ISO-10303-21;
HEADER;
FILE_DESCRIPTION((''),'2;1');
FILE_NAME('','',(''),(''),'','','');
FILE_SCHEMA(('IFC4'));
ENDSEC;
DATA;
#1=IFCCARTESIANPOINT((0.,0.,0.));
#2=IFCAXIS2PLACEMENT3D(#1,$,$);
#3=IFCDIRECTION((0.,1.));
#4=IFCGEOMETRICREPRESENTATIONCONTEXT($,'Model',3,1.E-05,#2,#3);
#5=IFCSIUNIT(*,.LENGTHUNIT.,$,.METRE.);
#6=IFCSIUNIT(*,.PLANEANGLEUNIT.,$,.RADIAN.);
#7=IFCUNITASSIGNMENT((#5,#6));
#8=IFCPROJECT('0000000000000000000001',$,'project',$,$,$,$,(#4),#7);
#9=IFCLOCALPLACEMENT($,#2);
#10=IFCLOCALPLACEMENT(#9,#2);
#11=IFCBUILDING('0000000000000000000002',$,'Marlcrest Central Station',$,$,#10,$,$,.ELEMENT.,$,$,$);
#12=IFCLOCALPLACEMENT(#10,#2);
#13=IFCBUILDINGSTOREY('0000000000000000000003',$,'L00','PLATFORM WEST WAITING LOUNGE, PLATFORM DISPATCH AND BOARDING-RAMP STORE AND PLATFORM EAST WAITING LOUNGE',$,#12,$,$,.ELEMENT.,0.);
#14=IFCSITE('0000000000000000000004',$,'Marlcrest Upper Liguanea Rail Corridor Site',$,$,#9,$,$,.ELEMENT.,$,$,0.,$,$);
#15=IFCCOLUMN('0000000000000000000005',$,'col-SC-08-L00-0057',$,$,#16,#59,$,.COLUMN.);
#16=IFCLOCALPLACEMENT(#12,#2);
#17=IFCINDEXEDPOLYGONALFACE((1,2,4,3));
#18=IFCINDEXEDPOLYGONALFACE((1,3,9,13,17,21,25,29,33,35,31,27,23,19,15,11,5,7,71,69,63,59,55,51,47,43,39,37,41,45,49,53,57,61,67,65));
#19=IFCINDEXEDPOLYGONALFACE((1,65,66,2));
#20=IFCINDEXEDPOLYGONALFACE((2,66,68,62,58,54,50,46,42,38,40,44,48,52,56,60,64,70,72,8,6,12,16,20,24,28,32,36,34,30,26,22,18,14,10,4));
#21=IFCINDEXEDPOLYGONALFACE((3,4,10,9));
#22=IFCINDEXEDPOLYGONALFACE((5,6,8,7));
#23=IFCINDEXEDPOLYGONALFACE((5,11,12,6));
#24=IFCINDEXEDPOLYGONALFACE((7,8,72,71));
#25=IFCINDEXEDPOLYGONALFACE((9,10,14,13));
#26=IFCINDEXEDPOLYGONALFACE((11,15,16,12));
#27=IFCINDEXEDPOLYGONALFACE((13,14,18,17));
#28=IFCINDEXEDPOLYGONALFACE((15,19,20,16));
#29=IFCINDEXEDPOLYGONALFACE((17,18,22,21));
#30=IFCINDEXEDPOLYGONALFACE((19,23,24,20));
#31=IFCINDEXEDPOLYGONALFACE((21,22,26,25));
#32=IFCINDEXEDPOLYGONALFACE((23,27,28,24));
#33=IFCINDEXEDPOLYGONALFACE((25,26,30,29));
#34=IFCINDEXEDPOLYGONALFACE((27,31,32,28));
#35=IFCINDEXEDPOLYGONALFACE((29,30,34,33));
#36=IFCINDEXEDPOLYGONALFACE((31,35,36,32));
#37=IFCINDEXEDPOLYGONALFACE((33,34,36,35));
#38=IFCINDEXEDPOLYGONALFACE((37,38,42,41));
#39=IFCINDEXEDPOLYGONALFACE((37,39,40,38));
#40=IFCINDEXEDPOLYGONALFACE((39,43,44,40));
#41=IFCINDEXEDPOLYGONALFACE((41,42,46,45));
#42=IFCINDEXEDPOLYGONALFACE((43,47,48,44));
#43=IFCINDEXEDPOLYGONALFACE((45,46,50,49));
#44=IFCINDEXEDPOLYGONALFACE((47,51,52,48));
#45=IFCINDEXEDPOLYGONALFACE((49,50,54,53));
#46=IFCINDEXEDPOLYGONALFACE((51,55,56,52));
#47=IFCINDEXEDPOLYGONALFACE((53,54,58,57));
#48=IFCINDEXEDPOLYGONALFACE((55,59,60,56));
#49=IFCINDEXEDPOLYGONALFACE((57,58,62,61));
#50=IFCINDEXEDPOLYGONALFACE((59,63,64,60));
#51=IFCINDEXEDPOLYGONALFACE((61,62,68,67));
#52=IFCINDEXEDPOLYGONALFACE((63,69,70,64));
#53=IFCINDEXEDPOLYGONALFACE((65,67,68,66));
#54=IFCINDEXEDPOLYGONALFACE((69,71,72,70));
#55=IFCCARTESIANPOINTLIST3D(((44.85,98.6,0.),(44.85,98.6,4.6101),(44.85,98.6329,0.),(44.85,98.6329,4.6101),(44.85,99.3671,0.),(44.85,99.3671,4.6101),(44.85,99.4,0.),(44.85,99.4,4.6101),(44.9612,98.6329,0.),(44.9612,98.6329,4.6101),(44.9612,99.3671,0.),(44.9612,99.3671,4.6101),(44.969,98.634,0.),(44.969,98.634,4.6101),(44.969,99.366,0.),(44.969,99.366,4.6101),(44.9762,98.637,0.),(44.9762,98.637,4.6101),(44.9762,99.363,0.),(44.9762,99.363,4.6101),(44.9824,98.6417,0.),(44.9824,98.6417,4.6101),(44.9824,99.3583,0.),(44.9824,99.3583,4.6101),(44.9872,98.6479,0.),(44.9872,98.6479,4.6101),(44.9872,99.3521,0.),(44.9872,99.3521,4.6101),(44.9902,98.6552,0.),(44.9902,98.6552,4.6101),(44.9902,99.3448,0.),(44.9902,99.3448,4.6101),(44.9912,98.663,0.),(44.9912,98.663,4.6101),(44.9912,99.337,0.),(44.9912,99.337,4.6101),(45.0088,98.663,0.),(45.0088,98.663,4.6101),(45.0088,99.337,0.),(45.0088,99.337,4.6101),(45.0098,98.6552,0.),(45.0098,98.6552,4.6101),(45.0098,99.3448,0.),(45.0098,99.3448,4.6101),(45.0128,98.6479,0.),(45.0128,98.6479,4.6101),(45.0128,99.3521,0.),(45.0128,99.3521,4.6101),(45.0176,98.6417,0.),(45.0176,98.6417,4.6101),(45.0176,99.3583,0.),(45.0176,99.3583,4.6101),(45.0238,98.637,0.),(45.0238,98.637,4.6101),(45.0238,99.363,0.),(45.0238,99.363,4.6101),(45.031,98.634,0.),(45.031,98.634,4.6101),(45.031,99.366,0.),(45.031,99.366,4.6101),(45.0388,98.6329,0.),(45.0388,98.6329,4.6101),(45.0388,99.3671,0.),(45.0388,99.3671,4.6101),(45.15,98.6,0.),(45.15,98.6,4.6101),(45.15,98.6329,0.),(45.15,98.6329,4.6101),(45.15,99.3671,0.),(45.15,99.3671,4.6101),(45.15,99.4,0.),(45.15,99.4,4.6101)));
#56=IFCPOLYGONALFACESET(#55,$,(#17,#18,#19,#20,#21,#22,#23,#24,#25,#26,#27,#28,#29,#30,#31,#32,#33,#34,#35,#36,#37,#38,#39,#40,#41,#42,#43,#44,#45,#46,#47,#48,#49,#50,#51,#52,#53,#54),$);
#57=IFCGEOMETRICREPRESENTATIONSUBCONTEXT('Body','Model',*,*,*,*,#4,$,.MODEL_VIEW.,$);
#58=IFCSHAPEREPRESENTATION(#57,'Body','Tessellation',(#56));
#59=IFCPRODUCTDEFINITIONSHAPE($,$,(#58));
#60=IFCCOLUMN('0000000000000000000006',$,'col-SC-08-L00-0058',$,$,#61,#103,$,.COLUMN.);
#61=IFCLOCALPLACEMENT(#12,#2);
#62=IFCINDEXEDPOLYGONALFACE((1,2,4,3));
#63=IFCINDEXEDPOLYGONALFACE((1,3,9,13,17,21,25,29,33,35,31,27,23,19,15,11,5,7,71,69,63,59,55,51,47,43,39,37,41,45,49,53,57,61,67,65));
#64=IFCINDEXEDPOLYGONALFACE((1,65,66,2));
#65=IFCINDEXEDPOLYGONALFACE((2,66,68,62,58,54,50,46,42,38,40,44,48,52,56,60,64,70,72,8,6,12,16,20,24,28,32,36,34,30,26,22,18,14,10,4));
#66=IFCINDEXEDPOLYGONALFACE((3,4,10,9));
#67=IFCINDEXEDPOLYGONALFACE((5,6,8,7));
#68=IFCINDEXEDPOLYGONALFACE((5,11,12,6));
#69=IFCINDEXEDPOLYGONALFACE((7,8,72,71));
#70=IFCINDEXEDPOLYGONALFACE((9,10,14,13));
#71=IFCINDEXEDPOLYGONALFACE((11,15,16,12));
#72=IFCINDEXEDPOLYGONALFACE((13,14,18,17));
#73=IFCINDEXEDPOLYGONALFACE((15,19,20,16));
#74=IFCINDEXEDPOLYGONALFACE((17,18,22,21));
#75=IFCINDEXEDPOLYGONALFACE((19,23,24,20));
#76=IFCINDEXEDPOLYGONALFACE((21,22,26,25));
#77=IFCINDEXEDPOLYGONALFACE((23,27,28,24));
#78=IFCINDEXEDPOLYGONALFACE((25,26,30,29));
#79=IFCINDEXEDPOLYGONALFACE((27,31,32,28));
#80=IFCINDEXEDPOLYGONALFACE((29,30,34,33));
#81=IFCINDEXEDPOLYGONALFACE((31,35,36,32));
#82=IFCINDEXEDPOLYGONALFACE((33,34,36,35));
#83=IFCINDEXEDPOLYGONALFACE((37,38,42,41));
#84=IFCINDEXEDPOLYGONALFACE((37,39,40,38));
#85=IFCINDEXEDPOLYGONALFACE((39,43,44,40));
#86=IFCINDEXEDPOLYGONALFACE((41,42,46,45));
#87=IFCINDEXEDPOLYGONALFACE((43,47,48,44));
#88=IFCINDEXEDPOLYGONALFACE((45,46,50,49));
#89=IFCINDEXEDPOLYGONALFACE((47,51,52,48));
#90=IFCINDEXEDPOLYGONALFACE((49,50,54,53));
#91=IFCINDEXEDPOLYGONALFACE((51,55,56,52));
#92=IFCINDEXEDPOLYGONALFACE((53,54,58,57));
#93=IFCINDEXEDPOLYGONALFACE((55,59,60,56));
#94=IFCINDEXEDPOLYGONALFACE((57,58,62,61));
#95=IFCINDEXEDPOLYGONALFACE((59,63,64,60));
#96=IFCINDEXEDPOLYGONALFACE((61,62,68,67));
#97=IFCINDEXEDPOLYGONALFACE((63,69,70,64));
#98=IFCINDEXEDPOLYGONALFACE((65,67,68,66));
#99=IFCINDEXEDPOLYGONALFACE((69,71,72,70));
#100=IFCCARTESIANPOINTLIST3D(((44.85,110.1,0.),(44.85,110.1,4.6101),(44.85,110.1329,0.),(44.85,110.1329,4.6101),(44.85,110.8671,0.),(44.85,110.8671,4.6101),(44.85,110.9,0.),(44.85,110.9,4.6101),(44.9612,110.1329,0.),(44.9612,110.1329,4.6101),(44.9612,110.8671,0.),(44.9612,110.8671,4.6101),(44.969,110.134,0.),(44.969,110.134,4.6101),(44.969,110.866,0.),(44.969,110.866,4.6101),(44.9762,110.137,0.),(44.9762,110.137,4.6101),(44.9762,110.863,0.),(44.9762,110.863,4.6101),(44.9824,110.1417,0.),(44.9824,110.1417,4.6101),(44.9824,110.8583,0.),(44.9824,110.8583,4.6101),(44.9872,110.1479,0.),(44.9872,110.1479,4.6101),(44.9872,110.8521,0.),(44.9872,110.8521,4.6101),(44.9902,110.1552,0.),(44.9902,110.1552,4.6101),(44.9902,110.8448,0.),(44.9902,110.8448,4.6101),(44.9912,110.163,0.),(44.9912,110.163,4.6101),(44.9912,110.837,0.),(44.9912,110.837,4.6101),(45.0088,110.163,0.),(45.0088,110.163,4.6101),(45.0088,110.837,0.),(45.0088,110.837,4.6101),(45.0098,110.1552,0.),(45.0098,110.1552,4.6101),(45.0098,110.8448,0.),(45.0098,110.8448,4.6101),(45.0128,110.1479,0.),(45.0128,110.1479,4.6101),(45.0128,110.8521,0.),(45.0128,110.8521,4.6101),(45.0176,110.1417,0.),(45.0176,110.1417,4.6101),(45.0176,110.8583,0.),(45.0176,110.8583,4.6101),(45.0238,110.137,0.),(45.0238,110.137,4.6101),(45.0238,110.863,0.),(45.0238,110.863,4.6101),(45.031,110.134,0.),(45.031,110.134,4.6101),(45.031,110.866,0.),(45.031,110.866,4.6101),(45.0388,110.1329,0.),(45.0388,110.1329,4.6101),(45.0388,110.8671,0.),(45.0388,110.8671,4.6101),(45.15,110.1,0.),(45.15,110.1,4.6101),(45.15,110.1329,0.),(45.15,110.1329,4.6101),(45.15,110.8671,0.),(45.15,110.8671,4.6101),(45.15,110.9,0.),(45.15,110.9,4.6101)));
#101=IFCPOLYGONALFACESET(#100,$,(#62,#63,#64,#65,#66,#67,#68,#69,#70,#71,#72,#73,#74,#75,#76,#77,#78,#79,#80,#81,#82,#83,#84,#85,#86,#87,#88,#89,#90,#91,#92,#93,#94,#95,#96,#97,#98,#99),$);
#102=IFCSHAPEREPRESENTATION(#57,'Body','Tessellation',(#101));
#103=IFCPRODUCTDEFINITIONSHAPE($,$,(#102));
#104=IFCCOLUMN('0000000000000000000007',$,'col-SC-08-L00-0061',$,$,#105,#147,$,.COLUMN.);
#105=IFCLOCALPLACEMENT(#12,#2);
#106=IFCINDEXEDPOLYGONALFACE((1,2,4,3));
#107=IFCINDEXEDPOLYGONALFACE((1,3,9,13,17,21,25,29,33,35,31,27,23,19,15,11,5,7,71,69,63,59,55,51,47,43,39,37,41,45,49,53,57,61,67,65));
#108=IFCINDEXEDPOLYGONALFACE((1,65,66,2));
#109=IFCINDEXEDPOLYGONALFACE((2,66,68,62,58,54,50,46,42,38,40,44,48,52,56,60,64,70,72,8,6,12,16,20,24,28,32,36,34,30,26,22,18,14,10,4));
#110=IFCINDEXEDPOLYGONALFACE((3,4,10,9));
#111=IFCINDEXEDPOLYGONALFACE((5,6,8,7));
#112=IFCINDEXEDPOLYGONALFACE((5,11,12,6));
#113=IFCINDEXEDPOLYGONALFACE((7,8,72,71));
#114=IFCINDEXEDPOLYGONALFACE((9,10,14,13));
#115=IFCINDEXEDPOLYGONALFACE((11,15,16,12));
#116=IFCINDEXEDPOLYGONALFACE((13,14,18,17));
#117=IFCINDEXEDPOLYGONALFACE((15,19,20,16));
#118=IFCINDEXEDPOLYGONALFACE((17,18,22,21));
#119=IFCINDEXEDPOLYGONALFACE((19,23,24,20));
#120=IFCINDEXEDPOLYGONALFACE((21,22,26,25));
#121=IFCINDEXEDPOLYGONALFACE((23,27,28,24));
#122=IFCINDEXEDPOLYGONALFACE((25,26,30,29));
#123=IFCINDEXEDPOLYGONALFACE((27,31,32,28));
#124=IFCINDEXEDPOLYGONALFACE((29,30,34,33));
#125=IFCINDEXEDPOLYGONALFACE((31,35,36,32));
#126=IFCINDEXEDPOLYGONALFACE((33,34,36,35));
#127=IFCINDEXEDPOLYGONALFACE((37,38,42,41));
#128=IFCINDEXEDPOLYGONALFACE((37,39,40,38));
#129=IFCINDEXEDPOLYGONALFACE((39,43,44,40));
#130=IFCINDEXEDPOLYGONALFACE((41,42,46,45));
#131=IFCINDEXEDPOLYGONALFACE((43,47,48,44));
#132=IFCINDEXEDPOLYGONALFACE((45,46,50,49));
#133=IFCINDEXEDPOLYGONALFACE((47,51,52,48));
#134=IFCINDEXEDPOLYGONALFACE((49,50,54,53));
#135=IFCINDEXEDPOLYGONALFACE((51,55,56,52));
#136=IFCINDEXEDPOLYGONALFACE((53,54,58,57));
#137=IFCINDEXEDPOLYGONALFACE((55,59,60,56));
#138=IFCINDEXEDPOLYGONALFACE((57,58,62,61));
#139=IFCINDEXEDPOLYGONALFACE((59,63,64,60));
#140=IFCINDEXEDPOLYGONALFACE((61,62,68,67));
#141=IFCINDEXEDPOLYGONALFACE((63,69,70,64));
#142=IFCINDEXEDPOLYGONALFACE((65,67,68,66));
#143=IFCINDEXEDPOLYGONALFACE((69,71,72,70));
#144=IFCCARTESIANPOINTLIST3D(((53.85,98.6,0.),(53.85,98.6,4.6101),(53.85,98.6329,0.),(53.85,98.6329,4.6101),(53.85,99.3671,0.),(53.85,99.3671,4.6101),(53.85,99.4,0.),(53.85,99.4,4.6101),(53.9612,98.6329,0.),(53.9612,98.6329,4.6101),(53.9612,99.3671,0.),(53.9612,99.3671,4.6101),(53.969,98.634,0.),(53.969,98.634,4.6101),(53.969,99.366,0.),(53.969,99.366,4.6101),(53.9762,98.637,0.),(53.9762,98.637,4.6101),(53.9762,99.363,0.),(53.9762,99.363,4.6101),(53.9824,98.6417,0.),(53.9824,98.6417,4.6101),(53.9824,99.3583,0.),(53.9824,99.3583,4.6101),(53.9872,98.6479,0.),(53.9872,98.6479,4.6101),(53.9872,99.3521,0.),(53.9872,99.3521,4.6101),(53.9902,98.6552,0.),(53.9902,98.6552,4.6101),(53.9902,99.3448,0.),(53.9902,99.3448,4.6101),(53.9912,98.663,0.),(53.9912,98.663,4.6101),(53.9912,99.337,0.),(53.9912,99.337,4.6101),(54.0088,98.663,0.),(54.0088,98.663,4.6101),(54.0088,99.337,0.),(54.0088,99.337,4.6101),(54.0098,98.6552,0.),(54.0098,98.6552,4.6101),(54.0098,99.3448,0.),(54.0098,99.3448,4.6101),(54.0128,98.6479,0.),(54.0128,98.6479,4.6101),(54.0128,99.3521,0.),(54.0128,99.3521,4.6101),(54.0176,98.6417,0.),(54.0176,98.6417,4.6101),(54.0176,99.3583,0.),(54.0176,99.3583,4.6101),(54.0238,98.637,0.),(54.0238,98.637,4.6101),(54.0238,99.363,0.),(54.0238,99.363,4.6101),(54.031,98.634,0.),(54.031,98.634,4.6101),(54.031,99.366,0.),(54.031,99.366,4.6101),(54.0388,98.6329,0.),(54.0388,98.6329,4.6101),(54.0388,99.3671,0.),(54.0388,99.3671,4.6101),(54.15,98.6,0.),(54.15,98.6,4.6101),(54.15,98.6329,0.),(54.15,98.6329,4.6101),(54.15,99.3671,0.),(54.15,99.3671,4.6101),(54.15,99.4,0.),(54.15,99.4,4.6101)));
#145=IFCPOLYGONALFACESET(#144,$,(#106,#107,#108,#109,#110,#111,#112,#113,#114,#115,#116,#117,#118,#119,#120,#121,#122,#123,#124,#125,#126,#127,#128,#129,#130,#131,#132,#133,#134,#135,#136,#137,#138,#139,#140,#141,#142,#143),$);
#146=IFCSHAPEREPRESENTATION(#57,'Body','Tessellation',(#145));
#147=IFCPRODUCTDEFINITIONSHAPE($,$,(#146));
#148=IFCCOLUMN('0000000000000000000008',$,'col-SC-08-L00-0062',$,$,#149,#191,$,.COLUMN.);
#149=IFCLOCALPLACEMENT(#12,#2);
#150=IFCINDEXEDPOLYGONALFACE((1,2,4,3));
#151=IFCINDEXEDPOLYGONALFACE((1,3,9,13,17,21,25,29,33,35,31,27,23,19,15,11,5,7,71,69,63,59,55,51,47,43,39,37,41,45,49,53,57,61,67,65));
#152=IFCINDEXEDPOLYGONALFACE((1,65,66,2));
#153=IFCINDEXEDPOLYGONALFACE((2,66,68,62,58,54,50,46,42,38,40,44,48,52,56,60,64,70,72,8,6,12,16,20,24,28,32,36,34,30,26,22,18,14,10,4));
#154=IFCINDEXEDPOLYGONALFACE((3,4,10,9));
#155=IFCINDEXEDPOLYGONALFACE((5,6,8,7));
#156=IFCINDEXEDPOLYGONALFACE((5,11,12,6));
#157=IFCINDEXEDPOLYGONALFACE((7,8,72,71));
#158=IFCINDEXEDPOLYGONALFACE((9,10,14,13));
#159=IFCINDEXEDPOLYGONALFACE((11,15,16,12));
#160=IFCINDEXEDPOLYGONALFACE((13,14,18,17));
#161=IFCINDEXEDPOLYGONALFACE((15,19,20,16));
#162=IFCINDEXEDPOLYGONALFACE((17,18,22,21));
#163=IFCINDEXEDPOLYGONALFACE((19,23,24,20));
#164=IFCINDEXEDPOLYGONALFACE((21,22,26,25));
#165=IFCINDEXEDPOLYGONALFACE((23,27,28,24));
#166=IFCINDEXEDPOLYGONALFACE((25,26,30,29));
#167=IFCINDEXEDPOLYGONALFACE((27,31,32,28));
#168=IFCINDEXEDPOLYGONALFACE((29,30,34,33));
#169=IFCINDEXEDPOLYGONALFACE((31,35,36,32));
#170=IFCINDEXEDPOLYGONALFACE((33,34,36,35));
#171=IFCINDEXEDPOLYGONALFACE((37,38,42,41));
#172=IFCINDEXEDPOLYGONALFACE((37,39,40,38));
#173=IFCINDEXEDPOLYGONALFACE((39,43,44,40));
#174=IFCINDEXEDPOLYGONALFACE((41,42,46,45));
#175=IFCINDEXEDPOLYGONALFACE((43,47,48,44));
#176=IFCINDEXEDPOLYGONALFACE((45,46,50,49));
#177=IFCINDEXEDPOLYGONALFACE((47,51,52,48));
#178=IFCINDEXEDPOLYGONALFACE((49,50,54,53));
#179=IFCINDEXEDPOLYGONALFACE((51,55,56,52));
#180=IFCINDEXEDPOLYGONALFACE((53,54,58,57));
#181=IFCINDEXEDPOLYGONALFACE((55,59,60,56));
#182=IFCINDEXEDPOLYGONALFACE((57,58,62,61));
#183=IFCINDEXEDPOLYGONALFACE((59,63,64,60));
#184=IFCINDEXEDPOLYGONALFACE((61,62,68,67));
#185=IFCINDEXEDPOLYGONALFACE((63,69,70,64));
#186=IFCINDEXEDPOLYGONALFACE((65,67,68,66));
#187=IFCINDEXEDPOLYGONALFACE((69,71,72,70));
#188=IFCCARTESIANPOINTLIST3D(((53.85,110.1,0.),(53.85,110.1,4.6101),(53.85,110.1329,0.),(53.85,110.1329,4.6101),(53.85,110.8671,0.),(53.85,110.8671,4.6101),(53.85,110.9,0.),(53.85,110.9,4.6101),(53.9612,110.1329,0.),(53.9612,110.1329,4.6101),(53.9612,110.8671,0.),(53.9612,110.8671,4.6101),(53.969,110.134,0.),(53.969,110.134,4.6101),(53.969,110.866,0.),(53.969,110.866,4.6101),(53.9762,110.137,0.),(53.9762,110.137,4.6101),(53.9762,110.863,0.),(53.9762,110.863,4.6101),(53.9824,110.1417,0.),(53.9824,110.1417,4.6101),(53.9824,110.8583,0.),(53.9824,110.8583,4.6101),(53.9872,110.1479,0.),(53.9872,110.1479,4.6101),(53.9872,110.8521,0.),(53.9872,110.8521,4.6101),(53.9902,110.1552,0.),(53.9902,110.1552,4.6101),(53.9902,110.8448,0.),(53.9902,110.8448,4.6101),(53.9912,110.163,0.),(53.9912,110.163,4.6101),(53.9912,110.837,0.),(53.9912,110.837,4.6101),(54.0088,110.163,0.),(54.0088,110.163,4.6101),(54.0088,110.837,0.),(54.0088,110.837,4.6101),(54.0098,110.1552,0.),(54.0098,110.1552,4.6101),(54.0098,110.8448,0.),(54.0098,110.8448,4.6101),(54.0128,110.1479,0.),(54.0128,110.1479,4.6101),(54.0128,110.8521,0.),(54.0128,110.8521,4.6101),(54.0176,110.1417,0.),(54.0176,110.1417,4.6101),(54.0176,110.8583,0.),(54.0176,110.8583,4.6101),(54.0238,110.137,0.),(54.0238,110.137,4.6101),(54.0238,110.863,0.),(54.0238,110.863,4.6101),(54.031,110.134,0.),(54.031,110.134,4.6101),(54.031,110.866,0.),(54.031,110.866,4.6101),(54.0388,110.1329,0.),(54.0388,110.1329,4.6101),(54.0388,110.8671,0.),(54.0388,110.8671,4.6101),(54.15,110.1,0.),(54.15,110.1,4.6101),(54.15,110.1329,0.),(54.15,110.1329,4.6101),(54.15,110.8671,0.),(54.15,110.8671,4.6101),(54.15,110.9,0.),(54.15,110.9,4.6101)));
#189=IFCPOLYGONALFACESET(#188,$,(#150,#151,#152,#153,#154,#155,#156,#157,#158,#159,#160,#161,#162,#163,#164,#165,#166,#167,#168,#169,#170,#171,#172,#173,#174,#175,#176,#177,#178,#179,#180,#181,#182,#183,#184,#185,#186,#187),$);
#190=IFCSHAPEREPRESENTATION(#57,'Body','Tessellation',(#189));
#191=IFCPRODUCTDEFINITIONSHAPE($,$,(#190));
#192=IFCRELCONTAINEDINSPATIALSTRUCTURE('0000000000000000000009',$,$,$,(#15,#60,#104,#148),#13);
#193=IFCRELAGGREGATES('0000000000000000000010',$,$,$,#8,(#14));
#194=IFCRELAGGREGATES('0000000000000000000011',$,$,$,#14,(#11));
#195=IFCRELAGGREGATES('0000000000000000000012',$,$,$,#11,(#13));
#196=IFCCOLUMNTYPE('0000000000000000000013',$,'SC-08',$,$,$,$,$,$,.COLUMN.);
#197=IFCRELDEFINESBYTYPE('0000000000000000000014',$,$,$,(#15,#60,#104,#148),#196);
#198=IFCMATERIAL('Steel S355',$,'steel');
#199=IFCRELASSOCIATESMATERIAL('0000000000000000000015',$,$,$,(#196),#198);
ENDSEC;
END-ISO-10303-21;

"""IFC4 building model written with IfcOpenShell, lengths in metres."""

from ifc_helpers import new_model, si_unit, direction, frame, origin, origin_2d, place, context, subcontext, project, spatial, i_section, extrude, material, material_profile, profile_set, type_object, element, save


model = new_model("IFC4")

# Units and contexts
model_context = context("Model", 3, precision=1e-05, world=origin(), true_north=direction((0.0, 1.0)))
body_context = subcontext(model_context, "Body", "Model", "MODEL_VIEW")
ifc_project = project(units=[si_unit("LENGTHUNIT", "METRE"), si_unit("PLANEANGLEUNIT", "RADIAN")], contexts=[model_context])

# Site, building, storey
site_placement = place(None, origin())
site = spatial("IfcSite", under=ifc_project, at=site_placement, Name="Marlcrest Upper Liguanea Rail Corridor Site", CompositionType="ELEMENT", RefElevation=0.0)
building_placement = place(site_placement, origin())
building = spatial("IfcBuilding", under=site, at=building_placement, Name="Marlcrest Central Station", CompositionType="ELEMENT")
storey_placement = place(building_placement, origin())
storey = spatial("IfcBuildingStorey", under=building, at=storey_placement, Name="L00", Description="PLATFORM WEST WAITING LOUNGE, PLATFORM DISPATCH AND BOARDING-RAMP STORE AND PLATFORM EAST WAITING LOUNGE", CompositionType="ELEMENT", Elevation=0.0)

# Columns
ifc_material_1 = material(Name="Steel S355", Category="steel")
ifc_material_profile_1 = material_profile(ifc_material_1, i_section(OverallWidth=0.3, OverallDepth=0.8, WebThickness=0.0176, FlangeThickness=0.033, FilletRadius=0.03, at=origin_2d()), Name="HEB 800")
ifc_profile_set_1 = profile_set([ifc_material_profile_1], Name="Steel S355")
column_type = type_object("IfcColumnType", Name="SC-08", PredefinedType="COLUMN", material=ifc_profile_set_1)
for number, where, z_axis, x_axis, name in (
    (1, (45.0, 99.0, 0.0), (0.0, 0.0, 1.0), (1.0, 0.0, 0.0), "col-SC-08-L00-0057"),
    (2, (45.0, 110.5, 0.0), (0.0, 0.0, 1.0), (1.0, 0.0, 0.0), "col-SC-08-L00-0058"),
    (3, (54.0, 99.0, 0.0), (0.0, 0.0, 1.0), (1.0, 0.0, 0.0), "col-SC-08-L00-0061"),
    (4, (54.0, 110.5, 0.0), (0.0, 0.0, 1.0), (1.0, 0.0, 0.0), "col-SC-08-L00-0062"),
):
    element("IfcColumn", number, at=place(storey_placement, frame(where, z_axis=z_axis, x_axis=x_axis)), inside=storey, type_object=column_type, Name=name, PredefinedType="COLUMN", context=body_context, shape_type="SweptSolid", body=[
        extrude(i_section(OverallWidth=0.3, OverallDepth=0.8, WebThickness=0.0176, FlangeThickness=0.033, FilletRadius=0.03, at=origin_2d()), origin(), (0.0, 0.0, 1.0), 4.6101),
    ])

save(model, "model.ifc")
